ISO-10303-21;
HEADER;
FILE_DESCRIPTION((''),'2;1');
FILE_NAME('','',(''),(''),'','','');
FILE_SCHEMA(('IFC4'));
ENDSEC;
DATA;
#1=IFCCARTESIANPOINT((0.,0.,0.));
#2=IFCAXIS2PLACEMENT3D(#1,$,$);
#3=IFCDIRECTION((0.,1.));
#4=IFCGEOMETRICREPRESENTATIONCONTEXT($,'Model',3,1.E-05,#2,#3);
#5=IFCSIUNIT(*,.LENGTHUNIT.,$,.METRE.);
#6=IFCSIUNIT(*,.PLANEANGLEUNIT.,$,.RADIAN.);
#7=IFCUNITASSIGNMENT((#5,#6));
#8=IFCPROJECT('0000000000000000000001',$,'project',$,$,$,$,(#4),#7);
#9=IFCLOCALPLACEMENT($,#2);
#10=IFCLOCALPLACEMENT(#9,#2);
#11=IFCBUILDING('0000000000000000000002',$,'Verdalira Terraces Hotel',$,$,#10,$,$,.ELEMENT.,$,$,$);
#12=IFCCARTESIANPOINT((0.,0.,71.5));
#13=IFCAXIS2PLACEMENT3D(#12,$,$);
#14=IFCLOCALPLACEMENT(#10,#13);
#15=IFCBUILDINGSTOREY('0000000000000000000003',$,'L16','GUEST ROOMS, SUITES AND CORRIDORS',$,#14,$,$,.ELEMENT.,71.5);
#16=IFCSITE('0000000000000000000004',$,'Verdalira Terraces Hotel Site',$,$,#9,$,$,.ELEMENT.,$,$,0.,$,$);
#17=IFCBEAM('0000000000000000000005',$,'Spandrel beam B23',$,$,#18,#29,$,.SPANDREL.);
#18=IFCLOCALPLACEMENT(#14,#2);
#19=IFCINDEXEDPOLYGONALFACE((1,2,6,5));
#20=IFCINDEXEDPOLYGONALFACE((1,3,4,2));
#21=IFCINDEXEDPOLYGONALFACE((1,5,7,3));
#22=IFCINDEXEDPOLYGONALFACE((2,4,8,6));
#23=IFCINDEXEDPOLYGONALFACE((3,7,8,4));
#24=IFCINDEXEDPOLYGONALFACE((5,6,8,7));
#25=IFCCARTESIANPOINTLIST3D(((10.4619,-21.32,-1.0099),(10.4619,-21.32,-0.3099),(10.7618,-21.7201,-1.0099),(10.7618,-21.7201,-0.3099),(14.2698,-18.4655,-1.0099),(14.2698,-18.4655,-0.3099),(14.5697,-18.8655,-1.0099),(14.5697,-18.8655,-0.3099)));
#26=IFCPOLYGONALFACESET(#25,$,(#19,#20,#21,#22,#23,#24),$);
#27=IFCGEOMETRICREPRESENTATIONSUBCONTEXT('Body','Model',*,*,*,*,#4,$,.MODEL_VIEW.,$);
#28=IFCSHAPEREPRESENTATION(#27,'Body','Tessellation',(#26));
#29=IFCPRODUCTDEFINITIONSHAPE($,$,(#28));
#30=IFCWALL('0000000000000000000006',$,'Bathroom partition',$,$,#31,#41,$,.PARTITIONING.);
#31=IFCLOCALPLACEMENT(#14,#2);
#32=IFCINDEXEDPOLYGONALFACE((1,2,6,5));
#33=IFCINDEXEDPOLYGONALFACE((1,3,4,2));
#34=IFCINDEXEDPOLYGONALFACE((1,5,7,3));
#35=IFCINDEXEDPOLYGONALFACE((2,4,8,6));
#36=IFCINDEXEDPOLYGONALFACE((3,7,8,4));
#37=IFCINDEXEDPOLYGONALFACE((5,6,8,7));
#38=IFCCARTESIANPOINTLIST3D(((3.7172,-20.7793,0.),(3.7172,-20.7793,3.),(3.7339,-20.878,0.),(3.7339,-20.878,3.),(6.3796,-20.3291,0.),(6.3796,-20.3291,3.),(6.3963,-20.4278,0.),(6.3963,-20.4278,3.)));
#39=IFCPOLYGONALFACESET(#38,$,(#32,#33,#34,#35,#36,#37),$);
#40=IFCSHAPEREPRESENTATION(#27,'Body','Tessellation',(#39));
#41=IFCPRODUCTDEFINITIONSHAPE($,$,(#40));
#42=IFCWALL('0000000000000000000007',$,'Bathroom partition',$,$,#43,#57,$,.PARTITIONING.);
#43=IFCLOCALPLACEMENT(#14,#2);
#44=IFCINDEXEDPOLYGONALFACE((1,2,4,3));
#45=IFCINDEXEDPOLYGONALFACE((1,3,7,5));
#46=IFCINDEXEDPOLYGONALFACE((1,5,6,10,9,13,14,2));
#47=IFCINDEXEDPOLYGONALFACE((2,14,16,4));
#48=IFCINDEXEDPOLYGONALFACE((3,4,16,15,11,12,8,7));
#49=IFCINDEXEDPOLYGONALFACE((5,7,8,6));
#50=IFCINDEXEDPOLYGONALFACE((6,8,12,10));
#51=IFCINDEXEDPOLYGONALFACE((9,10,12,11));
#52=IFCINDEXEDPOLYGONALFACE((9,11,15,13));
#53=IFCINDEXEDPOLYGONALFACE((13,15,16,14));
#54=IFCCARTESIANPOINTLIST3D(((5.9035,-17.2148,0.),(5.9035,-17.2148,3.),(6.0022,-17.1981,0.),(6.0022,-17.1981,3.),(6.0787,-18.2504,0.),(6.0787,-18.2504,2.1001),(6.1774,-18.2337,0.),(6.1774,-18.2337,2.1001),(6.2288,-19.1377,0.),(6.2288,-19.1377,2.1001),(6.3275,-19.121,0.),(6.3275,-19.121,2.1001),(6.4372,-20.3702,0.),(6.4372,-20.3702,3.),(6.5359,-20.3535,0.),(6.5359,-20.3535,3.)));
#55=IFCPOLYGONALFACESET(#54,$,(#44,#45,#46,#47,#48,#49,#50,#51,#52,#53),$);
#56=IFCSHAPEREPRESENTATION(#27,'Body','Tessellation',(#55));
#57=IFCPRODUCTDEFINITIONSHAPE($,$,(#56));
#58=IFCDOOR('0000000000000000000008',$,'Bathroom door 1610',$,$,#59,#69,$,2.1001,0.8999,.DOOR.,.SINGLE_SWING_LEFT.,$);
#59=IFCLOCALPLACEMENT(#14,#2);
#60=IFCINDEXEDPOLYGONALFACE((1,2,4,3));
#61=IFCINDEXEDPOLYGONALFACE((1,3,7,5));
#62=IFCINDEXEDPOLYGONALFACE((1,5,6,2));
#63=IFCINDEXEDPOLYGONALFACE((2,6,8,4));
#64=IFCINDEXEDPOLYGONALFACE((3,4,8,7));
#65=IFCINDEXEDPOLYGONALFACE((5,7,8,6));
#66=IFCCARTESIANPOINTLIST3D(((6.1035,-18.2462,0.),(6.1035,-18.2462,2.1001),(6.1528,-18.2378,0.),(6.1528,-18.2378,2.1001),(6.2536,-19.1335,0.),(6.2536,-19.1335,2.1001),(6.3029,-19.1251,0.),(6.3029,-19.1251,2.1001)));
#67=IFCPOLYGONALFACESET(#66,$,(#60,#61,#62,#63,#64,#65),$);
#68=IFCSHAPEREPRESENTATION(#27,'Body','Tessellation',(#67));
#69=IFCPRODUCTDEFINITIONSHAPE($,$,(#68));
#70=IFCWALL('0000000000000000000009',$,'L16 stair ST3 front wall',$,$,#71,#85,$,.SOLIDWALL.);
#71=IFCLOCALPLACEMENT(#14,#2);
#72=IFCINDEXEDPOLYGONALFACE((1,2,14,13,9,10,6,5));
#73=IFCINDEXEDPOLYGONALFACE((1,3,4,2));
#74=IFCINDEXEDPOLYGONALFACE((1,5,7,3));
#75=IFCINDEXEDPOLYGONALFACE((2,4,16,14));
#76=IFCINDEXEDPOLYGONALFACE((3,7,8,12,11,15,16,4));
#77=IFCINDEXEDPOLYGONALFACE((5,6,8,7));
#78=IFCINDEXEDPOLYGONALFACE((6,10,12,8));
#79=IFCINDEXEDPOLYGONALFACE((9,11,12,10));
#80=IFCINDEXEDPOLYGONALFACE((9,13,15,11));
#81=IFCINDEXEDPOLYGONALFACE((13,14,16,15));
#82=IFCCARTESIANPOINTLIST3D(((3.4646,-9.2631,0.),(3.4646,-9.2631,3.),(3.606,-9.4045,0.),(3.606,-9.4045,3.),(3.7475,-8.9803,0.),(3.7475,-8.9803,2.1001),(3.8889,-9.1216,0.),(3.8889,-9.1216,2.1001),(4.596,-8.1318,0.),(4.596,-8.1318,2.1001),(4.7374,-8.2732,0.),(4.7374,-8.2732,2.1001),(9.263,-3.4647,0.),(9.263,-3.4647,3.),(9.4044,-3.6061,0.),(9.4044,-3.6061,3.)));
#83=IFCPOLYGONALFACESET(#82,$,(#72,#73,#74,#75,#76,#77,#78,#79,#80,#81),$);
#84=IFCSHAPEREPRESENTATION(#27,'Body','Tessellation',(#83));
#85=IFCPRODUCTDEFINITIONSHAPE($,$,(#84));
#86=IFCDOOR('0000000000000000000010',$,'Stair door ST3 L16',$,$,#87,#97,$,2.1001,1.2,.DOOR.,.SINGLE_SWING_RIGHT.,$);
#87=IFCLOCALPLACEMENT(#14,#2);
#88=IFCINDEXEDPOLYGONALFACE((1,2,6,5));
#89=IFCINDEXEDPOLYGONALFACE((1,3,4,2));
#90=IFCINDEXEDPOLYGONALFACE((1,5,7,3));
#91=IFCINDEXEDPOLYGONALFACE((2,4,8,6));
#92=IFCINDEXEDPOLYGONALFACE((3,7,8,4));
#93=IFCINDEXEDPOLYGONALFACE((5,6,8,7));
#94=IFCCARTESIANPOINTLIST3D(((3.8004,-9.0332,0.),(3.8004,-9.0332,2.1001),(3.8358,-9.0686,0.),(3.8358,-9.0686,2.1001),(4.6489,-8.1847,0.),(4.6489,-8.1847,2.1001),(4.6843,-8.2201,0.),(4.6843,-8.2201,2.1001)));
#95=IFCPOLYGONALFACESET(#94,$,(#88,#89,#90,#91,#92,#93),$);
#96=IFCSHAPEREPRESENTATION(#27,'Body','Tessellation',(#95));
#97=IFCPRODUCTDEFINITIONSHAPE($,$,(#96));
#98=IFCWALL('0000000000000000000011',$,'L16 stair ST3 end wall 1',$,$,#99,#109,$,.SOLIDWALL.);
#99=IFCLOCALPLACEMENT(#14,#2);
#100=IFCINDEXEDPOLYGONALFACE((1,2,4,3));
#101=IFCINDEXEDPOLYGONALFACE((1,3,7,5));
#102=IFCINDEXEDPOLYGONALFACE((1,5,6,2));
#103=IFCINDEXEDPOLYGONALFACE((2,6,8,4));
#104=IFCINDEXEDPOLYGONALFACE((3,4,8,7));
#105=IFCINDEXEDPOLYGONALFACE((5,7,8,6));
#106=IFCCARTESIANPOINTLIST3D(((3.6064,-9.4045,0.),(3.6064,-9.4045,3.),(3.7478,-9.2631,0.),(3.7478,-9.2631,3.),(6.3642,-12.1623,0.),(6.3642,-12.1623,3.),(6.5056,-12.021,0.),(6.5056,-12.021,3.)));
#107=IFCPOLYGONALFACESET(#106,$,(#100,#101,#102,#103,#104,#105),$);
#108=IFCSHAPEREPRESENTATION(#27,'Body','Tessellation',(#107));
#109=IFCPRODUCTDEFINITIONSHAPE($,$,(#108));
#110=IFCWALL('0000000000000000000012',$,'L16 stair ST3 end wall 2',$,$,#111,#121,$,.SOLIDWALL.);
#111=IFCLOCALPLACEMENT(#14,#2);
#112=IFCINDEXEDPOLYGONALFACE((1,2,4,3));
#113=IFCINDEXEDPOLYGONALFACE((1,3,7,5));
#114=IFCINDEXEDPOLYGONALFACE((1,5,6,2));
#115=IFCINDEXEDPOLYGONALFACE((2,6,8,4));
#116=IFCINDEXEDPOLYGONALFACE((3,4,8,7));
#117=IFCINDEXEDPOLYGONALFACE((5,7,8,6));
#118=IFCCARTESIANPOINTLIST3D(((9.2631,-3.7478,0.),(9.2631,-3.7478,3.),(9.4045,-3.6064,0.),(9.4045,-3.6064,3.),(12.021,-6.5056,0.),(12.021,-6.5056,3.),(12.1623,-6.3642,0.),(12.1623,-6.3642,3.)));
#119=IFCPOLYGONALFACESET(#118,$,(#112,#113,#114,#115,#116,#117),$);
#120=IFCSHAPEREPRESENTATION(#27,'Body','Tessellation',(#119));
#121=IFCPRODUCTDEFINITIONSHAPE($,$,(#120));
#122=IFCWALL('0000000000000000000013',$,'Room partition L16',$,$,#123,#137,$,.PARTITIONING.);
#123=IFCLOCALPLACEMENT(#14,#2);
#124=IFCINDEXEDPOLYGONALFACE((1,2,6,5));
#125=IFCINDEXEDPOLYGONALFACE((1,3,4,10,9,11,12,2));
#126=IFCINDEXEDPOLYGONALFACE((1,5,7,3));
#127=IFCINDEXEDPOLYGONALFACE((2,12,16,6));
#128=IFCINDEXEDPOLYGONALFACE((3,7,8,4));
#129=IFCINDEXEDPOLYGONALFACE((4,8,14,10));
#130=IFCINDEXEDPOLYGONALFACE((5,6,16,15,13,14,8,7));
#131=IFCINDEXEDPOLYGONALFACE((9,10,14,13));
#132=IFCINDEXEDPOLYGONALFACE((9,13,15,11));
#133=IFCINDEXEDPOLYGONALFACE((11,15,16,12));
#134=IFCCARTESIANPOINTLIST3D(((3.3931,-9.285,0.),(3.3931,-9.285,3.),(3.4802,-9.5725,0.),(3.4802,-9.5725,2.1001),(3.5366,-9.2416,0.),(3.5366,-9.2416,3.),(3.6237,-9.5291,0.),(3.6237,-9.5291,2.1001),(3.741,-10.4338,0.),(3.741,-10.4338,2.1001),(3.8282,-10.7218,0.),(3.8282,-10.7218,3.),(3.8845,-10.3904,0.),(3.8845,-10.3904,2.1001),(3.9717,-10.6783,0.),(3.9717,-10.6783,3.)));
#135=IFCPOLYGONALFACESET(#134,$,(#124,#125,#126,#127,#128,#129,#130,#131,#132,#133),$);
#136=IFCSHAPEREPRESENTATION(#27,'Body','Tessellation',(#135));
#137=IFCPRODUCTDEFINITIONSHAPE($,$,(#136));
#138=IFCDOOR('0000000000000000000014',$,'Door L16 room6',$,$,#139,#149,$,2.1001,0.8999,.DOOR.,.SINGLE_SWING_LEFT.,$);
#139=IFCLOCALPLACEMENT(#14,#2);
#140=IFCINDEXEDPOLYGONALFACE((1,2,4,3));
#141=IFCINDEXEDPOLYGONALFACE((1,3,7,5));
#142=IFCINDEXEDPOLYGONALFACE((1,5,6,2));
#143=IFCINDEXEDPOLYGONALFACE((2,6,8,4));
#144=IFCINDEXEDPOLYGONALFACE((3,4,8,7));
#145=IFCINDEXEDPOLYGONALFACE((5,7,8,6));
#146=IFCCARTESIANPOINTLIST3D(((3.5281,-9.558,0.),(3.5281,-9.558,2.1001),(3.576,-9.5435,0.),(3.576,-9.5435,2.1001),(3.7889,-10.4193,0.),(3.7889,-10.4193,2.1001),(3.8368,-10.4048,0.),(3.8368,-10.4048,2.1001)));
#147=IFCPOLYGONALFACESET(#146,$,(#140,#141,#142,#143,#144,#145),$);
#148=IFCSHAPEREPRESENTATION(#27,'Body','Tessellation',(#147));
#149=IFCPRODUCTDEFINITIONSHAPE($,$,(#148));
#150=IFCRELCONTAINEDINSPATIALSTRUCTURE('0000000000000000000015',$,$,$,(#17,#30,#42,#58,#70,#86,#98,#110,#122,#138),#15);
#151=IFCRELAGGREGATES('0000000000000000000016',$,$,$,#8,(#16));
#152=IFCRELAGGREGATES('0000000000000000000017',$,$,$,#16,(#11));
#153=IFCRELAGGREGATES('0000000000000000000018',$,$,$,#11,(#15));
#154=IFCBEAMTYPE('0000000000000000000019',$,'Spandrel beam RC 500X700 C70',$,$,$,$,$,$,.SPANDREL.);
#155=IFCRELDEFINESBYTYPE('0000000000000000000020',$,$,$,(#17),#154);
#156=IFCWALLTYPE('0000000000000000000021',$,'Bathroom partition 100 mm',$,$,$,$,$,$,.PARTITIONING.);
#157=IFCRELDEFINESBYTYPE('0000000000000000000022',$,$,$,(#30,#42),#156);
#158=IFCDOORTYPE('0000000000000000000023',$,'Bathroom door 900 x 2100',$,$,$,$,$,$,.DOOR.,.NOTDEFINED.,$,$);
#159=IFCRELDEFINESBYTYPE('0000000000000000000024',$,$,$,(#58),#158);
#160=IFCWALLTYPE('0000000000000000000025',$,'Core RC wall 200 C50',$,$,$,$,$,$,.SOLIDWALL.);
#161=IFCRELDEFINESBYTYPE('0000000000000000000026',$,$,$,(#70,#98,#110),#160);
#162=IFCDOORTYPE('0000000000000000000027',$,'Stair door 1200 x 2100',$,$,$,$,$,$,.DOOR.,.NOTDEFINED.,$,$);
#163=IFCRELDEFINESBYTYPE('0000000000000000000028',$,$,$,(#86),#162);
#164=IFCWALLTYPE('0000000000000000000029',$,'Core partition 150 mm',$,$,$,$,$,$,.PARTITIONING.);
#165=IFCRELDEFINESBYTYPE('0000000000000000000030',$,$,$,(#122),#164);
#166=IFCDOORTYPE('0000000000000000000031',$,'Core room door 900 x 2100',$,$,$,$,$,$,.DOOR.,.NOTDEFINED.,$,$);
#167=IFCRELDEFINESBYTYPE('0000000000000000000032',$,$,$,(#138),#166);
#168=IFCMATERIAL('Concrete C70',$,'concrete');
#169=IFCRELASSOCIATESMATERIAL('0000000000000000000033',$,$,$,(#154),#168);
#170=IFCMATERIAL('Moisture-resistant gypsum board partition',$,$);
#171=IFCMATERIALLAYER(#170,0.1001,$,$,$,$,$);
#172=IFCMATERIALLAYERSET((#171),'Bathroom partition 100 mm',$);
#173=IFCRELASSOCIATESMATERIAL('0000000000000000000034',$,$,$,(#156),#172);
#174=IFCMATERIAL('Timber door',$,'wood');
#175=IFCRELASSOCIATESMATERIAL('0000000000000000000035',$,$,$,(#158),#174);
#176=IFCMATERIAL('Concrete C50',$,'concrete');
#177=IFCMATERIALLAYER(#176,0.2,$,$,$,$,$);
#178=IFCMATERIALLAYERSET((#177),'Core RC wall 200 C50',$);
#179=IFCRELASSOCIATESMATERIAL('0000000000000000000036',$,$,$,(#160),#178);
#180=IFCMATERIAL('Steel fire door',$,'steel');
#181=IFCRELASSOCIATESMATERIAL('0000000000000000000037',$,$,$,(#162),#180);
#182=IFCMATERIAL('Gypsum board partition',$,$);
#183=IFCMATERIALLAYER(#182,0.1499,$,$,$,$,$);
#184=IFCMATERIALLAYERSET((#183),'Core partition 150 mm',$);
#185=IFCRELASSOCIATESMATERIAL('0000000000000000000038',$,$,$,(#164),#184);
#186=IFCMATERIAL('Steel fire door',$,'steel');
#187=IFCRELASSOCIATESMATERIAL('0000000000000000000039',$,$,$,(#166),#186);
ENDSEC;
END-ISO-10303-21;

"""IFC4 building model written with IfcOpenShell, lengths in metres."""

from ifc_helpers import new_model, si_unit, direction, frame, frame_2d, origin, origin_2d, place, context, subcontext, project, spatial, rectangle, extrude, material, layer, layer_set, material_profile, profile_set, type_object, element, fill, save


model = new_model("IFC4")

# Units and contexts
model_context = context("Model", 3, precision=1e-05, world=origin(), true_north=direction((0.0, 1.0)))
body_context = subcontext(model_context, "Body", "Model", "MODEL_VIEW")
ifc_project = project(units=[si_unit("LENGTHUNIT", "METRE"), si_unit("PLANEANGLEUNIT", "RADIAN")], contexts=[model_context])

# Site, building, storey
site_placement = place(None, origin())
site = spatial("IfcSite", under=ifc_project, at=site_placement, Name="Verdalira Terraces Hotel Site", CompositionType="ELEMENT", RefElevation=0.0)
building_placement = place(site_placement, origin())
building = spatial("IfcBuilding", under=site, at=building_placement, Name="Verdalira Terraces Hotel", CompositionType="ELEMENT")
storey_placement = place(building_placement, frame((0.0, 0.0, 71.5)))
storey = spatial("IfcBuildingStorey", under=building, at=storey_placement, Name="L16", Description="GUEST ROOMS, SUITES AND CORRIDORS", CompositionType="ELEMENT", Elevation=71.5)

# Beam
ifc_material_1 = material(Name="Concrete C70", Category="concrete")
ifc_material_profile = material_profile(ifc_material_1, rectangle(XDim=0.5, YDim=0.7, at=origin_2d()), Name="RC 500X700")
ifc_profile_set = profile_set([ifc_material_profile], Name="Concrete C70")
beam_type = type_object("IfcBeamType", Name="Spandrel beam RC 500X700 C70", PredefinedType="SPANDREL", material=ifc_profile_set)
beam_placement = place(storey_placement, frame((10.6118, -21.52, -0.6599), z_axis=(0.800142, 0.599811, 0.0), x_axis=(-0.599811, 0.800142, 0.0)))
element("IfcBeam", 1, at=beam_placement, inside=storey, type_object=beam_type, Name="Spandrel beam B23", PredefinedType="SPANDREL", context=body_context, shape_type="SweptSolid", body=[
    extrude(rectangle(XDim=0.5, YDim=0.7, at=origin_2d()), origin(), (0.0, 0.0, 1.0), 4.759),
])

# Wall
ifc_material_2 = material(Name="Moisture-resistant gypsum board partition")
ifc_layer_1 = layer(ifc_material_2, 0.1001)
ifc_layer_set_1 = layer_set([ifc_layer_1], Name="Bathroom partition 100 mm")
wall_type_1 = type_object("IfcWallType", Name="Bathroom partition 100 mm", PredefinedType="PARTITIONING", material=ifc_layer_set_1)
wall_1_placement = place(storey_placement, frame((6.3879, -20.3784, 0.0), z_axis=(0.0, 0.0, 1.0), x_axis=(-0.986003, -0.16673, 0.0)))
element("IfcWall", 2, at=wall_1_placement, inside=storey, type_object=wall_type_1, Name="Bathroom partition", PredefinedType="PARTITIONING", context=body_context, shape_type="SweptSolid", body=[
    extrude(rectangle(XDim=2.7002, YDim=0.1001, at=frame_2d((1.3501, 0.0))), origin(), (0.0, 0.0, 1.0), 3.0),
])

# Walls, openings, doors
wall_2_placement = place(storey_placement, frame((6.4866, -20.3618, 0.0), z_axis=(0.0, 0.0, 1.0), x_axis=(-0.166774, 0.985995, 0.0)))
wall_2 = element("IfcWall", 3, at=wall_2_placement, inside=storey, type_object=wall_type_1, Name="Bathroom partition", PredefinedType="PARTITIONING", context=body_context, shape_type="SweptSolid", body=[
    extrude(rectangle(XDim=3.2002, YDim=0.1001, at=frame_2d((1.6001, 0.0))), origin(), (0.0, 0.0, 1.0), 3.0),
])
opening_1_placement = place(wall_2_placement, frame((1.25, 0.0, 0.0)))
opening_1 = element("IfcOpeningElement", 4, at=opening_1_placement, cuts=wall_2, PredefinedType="OPENING", context=body_context, shape_type="SweptSolid", body=[
    extrude(rectangle(XDim=0.8999, YDim=2.1001, at=frame_2d((0.45, 1.05))), frame((0.0, 0.0601, 0.0), z_axis=(0.0, -1.0, 0.0), x_axis=(1.0, 0.0, 0.0)), (0.0, 0.0, 1.0), 0.1201),
])
ifc_material_3 = material(Name="Timber door", Category="wood")
door_type_1 = type_object("IfcDoorType", Name="Bathroom door 900 x 2100", OperationType="NOTDEFINED", PredefinedType="DOOR", material=ifc_material_3)
door_1_placement = place(opening_1_placement, origin())
door_1 = element("IfcDoor", 5, at=door_1_placement, inside=storey, type_object=door_type_1, Name="Bathroom door 1610", OperationType="SINGLE_SWING_LEFT", OverallHeight=2.1001, OverallWidth=0.8999, PredefinedType="DOOR", context=body_context, shape_type="SweptSolid", body=[
    extrude(rectangle(XDim=0.8999, YDim=2.1001, at=frame_2d((0.45, 1.05))), frame((0.0, 0.0249, 0.0), z_axis=(0.0, -1.0, 0.0), x_axis=(1.0, 0.0, 0.0)), (0.0, 0.0, 1.0), 0.05),
])
fill(opening_1, door_1)
ifc_material_4 = material(Name="Concrete C50", Category="concrete")
ifc_layer_2 = layer(ifc_material_4, 0.2)
ifc_layer_set_2 = layer_set([ifc_layer_2], Name="Core RC wall 200 C50")
wall_type_2 = type_object("IfcWallType", Name="Core RC wall 200 C50", PredefinedType="SOLIDWALL", material=ifc_layer_set_2)
wall_3_placement = place(storey_placement, frame((9.3337, -3.5354, 0.0), z_axis=(0.0, 0.0, 1.0), x_axis=(-0.707107, -0.707107, 0.0)))
wall_3 = element("IfcWall", 6, at=wall_3_placement, inside=storey, type_object=wall_type_2, Name="L16 stair ST3 front wall", PredefinedType="SOLIDWALL", context=body_context, shape_type="SweptSolid", body=[
    extrude(rectangle(XDim=8.2002, YDim=0.2, at=frame_2d((4.1001, 0.0))), origin(), (0.0, 0.0, 1.0), 3.0),
])
opening_2_placement = place(wall_3_placement, frame((6.6001, 0.0, 0.0)))
opening_2 = element("IfcOpeningElement", 7, at=opening_2_placement, cuts=wall_3, PredefinedType="OPENING", context=body_context, shape_type="SweptSolid", body=[
    extrude(rectangle(XDim=1.2, YDim=2.1001, at=frame_2d((0.6001, 1.05))), frame((0.0, 0.1099, 0.0), z_axis=(0.0, -1.0, 0.0), x_axis=(1.0, 0.0, 0.0)), (0.0, 0.0, 1.0), 0.22),
])
ifc_material_5 = material(Name="Steel fire door", Category="steel")
door_type_2 = type_object("IfcDoorType", Name="Stair door 1200 x 2100", OperationType="NOTDEFINED", PredefinedType="DOOR", material=ifc_material_5)
door_2_placement = place(opening_2_placement, origin())
door_2 = element("IfcDoor", 8, at=door_2_placement, inside=storey, type_object=door_type_2, Name="Stair door ST3 L16", OperationType="SINGLE_SWING_RIGHT", OverallHeight=2.1001, OverallWidth=1.2, PredefinedType="DOOR", context=body_context, shape_type="SweptSolid", body=[
    extrude(rectangle(XDim=1.2, YDim=2.1001, at=frame_2d((0.6001, 1.05))), frame((0.0, 0.0249, 0.0), z_axis=(0.0, -1.0, 0.0), x_axis=(1.0, 0.0, 0.0)), (0.0, 0.0, 1.0), 0.05),
])
fill(opening_2, door_2)

# Walls
for number, where, z_axis, x_axis, name in (
    (9, (3.677, -9.3337, 0.0), (0.0, 0.0, 1.0), (0.707107, -0.707107, 0.0), "L16 stair ST3 end wall 1"),
    (10, (9.3337, -3.677, 0.0), (0.0, 0.0, 1.0), (0.707107, -0.707107, 0.0), "L16 stair ST3 end wall 2"),
):
    element("IfcWall", number, at=place(storey_placement, frame(where, z_axis=z_axis, x_axis=x_axis)), inside=storey, type_object=wall_type_2, Name=name, PredefinedType="SOLIDWALL", context=body_context, shape_type="SweptSolid", body=[
        extrude(rectangle(XDim=3.9001, YDim=0.2, at=frame_2d((1.9502, 0.0))), origin(), (0.0, 0.0, 1.0), 3.0),
    ])

# Wall, opening, door
ifc_material_6 = material(Name="Gypsum board partition")
ifc_layer_3 = layer(ifc_material_6, 0.1499)
ifc_layer_set_3 = layer_set([ifc_layer_3], Name="Core partition 150 mm")
wall_type_3 = type_object("IfcWallType", Name="Core partition 150 mm", PredefinedType="PARTITIONING", material=ifc_layer_set_3)
wall_4_placement = place(storey_placement, frame((3.8999, -10.7, 0.0), z_axis=(0.0, 0.0, 1.0), x_axis=(-0.289809, 0.957085, 0.0)))
wall_4 = element("IfcWall", 11, at=wall_4_placement, inside=storey, type_object=wall_type_3, Name="Room partition L16", PredefinedType="PARTITIONING", context=body_context, shape_type="SweptSolid", body=[
    extrude(rectangle(XDim=1.5012, YDim=0.1499, at=frame_2d((0.7505, 0.0))), origin(), (0.0, 0.0, 1.0), 3.0),
])
opening_3_placement = place(wall_4_placement, frame((0.3008, 0.0, 0.0)))
opening_3 = element("IfcOpeningElement", 12, at=opening_3_placement, cuts=wall_4, PredefinedType="OPENING", context=body_context, shape_type="SweptSolid", body=[
    extrude(rectangle(XDim=0.8999, YDim=2.1001, at=frame_2d((0.45, 1.05))), frame((0.0, 0.085, 0.0), z_axis=(0.0, -1.0, 0.0), x_axis=(1.0, 0.0, 0.0)), (0.0, 0.0, 1.0), 0.1699),
])
ifc_material_7 = material(Name="Steel fire door", Category="steel")
door_type_3 = type_object("IfcDoorType", Name="Core room door 900 x 2100", OperationType="NOTDEFINED", PredefinedType="DOOR", material=ifc_material_7)
door_3_placement = place(opening_3_placement, origin())
door_3 = element("IfcDoor", 13, at=door_3_placement, inside=storey, type_object=door_type_3, Name="Door L16 room6", OperationType="SINGLE_SWING_LEFT", OverallHeight=2.1001, OverallWidth=0.8999, PredefinedType="DOOR", context=body_context, shape_type="SweptSolid", body=[
    extrude(rectangle(XDim=0.8999, YDim=2.1001, at=frame_2d((0.45, 1.05))), frame((0.0, 0.0249, 0.0), z_axis=(0.0, -1.0, 0.0), x_axis=(1.0, 0.0, 0.0)), (0.0, 0.0, 1.0), 0.05),
])
fill(opening_3, door_3)

save(model, "model.ifc")
